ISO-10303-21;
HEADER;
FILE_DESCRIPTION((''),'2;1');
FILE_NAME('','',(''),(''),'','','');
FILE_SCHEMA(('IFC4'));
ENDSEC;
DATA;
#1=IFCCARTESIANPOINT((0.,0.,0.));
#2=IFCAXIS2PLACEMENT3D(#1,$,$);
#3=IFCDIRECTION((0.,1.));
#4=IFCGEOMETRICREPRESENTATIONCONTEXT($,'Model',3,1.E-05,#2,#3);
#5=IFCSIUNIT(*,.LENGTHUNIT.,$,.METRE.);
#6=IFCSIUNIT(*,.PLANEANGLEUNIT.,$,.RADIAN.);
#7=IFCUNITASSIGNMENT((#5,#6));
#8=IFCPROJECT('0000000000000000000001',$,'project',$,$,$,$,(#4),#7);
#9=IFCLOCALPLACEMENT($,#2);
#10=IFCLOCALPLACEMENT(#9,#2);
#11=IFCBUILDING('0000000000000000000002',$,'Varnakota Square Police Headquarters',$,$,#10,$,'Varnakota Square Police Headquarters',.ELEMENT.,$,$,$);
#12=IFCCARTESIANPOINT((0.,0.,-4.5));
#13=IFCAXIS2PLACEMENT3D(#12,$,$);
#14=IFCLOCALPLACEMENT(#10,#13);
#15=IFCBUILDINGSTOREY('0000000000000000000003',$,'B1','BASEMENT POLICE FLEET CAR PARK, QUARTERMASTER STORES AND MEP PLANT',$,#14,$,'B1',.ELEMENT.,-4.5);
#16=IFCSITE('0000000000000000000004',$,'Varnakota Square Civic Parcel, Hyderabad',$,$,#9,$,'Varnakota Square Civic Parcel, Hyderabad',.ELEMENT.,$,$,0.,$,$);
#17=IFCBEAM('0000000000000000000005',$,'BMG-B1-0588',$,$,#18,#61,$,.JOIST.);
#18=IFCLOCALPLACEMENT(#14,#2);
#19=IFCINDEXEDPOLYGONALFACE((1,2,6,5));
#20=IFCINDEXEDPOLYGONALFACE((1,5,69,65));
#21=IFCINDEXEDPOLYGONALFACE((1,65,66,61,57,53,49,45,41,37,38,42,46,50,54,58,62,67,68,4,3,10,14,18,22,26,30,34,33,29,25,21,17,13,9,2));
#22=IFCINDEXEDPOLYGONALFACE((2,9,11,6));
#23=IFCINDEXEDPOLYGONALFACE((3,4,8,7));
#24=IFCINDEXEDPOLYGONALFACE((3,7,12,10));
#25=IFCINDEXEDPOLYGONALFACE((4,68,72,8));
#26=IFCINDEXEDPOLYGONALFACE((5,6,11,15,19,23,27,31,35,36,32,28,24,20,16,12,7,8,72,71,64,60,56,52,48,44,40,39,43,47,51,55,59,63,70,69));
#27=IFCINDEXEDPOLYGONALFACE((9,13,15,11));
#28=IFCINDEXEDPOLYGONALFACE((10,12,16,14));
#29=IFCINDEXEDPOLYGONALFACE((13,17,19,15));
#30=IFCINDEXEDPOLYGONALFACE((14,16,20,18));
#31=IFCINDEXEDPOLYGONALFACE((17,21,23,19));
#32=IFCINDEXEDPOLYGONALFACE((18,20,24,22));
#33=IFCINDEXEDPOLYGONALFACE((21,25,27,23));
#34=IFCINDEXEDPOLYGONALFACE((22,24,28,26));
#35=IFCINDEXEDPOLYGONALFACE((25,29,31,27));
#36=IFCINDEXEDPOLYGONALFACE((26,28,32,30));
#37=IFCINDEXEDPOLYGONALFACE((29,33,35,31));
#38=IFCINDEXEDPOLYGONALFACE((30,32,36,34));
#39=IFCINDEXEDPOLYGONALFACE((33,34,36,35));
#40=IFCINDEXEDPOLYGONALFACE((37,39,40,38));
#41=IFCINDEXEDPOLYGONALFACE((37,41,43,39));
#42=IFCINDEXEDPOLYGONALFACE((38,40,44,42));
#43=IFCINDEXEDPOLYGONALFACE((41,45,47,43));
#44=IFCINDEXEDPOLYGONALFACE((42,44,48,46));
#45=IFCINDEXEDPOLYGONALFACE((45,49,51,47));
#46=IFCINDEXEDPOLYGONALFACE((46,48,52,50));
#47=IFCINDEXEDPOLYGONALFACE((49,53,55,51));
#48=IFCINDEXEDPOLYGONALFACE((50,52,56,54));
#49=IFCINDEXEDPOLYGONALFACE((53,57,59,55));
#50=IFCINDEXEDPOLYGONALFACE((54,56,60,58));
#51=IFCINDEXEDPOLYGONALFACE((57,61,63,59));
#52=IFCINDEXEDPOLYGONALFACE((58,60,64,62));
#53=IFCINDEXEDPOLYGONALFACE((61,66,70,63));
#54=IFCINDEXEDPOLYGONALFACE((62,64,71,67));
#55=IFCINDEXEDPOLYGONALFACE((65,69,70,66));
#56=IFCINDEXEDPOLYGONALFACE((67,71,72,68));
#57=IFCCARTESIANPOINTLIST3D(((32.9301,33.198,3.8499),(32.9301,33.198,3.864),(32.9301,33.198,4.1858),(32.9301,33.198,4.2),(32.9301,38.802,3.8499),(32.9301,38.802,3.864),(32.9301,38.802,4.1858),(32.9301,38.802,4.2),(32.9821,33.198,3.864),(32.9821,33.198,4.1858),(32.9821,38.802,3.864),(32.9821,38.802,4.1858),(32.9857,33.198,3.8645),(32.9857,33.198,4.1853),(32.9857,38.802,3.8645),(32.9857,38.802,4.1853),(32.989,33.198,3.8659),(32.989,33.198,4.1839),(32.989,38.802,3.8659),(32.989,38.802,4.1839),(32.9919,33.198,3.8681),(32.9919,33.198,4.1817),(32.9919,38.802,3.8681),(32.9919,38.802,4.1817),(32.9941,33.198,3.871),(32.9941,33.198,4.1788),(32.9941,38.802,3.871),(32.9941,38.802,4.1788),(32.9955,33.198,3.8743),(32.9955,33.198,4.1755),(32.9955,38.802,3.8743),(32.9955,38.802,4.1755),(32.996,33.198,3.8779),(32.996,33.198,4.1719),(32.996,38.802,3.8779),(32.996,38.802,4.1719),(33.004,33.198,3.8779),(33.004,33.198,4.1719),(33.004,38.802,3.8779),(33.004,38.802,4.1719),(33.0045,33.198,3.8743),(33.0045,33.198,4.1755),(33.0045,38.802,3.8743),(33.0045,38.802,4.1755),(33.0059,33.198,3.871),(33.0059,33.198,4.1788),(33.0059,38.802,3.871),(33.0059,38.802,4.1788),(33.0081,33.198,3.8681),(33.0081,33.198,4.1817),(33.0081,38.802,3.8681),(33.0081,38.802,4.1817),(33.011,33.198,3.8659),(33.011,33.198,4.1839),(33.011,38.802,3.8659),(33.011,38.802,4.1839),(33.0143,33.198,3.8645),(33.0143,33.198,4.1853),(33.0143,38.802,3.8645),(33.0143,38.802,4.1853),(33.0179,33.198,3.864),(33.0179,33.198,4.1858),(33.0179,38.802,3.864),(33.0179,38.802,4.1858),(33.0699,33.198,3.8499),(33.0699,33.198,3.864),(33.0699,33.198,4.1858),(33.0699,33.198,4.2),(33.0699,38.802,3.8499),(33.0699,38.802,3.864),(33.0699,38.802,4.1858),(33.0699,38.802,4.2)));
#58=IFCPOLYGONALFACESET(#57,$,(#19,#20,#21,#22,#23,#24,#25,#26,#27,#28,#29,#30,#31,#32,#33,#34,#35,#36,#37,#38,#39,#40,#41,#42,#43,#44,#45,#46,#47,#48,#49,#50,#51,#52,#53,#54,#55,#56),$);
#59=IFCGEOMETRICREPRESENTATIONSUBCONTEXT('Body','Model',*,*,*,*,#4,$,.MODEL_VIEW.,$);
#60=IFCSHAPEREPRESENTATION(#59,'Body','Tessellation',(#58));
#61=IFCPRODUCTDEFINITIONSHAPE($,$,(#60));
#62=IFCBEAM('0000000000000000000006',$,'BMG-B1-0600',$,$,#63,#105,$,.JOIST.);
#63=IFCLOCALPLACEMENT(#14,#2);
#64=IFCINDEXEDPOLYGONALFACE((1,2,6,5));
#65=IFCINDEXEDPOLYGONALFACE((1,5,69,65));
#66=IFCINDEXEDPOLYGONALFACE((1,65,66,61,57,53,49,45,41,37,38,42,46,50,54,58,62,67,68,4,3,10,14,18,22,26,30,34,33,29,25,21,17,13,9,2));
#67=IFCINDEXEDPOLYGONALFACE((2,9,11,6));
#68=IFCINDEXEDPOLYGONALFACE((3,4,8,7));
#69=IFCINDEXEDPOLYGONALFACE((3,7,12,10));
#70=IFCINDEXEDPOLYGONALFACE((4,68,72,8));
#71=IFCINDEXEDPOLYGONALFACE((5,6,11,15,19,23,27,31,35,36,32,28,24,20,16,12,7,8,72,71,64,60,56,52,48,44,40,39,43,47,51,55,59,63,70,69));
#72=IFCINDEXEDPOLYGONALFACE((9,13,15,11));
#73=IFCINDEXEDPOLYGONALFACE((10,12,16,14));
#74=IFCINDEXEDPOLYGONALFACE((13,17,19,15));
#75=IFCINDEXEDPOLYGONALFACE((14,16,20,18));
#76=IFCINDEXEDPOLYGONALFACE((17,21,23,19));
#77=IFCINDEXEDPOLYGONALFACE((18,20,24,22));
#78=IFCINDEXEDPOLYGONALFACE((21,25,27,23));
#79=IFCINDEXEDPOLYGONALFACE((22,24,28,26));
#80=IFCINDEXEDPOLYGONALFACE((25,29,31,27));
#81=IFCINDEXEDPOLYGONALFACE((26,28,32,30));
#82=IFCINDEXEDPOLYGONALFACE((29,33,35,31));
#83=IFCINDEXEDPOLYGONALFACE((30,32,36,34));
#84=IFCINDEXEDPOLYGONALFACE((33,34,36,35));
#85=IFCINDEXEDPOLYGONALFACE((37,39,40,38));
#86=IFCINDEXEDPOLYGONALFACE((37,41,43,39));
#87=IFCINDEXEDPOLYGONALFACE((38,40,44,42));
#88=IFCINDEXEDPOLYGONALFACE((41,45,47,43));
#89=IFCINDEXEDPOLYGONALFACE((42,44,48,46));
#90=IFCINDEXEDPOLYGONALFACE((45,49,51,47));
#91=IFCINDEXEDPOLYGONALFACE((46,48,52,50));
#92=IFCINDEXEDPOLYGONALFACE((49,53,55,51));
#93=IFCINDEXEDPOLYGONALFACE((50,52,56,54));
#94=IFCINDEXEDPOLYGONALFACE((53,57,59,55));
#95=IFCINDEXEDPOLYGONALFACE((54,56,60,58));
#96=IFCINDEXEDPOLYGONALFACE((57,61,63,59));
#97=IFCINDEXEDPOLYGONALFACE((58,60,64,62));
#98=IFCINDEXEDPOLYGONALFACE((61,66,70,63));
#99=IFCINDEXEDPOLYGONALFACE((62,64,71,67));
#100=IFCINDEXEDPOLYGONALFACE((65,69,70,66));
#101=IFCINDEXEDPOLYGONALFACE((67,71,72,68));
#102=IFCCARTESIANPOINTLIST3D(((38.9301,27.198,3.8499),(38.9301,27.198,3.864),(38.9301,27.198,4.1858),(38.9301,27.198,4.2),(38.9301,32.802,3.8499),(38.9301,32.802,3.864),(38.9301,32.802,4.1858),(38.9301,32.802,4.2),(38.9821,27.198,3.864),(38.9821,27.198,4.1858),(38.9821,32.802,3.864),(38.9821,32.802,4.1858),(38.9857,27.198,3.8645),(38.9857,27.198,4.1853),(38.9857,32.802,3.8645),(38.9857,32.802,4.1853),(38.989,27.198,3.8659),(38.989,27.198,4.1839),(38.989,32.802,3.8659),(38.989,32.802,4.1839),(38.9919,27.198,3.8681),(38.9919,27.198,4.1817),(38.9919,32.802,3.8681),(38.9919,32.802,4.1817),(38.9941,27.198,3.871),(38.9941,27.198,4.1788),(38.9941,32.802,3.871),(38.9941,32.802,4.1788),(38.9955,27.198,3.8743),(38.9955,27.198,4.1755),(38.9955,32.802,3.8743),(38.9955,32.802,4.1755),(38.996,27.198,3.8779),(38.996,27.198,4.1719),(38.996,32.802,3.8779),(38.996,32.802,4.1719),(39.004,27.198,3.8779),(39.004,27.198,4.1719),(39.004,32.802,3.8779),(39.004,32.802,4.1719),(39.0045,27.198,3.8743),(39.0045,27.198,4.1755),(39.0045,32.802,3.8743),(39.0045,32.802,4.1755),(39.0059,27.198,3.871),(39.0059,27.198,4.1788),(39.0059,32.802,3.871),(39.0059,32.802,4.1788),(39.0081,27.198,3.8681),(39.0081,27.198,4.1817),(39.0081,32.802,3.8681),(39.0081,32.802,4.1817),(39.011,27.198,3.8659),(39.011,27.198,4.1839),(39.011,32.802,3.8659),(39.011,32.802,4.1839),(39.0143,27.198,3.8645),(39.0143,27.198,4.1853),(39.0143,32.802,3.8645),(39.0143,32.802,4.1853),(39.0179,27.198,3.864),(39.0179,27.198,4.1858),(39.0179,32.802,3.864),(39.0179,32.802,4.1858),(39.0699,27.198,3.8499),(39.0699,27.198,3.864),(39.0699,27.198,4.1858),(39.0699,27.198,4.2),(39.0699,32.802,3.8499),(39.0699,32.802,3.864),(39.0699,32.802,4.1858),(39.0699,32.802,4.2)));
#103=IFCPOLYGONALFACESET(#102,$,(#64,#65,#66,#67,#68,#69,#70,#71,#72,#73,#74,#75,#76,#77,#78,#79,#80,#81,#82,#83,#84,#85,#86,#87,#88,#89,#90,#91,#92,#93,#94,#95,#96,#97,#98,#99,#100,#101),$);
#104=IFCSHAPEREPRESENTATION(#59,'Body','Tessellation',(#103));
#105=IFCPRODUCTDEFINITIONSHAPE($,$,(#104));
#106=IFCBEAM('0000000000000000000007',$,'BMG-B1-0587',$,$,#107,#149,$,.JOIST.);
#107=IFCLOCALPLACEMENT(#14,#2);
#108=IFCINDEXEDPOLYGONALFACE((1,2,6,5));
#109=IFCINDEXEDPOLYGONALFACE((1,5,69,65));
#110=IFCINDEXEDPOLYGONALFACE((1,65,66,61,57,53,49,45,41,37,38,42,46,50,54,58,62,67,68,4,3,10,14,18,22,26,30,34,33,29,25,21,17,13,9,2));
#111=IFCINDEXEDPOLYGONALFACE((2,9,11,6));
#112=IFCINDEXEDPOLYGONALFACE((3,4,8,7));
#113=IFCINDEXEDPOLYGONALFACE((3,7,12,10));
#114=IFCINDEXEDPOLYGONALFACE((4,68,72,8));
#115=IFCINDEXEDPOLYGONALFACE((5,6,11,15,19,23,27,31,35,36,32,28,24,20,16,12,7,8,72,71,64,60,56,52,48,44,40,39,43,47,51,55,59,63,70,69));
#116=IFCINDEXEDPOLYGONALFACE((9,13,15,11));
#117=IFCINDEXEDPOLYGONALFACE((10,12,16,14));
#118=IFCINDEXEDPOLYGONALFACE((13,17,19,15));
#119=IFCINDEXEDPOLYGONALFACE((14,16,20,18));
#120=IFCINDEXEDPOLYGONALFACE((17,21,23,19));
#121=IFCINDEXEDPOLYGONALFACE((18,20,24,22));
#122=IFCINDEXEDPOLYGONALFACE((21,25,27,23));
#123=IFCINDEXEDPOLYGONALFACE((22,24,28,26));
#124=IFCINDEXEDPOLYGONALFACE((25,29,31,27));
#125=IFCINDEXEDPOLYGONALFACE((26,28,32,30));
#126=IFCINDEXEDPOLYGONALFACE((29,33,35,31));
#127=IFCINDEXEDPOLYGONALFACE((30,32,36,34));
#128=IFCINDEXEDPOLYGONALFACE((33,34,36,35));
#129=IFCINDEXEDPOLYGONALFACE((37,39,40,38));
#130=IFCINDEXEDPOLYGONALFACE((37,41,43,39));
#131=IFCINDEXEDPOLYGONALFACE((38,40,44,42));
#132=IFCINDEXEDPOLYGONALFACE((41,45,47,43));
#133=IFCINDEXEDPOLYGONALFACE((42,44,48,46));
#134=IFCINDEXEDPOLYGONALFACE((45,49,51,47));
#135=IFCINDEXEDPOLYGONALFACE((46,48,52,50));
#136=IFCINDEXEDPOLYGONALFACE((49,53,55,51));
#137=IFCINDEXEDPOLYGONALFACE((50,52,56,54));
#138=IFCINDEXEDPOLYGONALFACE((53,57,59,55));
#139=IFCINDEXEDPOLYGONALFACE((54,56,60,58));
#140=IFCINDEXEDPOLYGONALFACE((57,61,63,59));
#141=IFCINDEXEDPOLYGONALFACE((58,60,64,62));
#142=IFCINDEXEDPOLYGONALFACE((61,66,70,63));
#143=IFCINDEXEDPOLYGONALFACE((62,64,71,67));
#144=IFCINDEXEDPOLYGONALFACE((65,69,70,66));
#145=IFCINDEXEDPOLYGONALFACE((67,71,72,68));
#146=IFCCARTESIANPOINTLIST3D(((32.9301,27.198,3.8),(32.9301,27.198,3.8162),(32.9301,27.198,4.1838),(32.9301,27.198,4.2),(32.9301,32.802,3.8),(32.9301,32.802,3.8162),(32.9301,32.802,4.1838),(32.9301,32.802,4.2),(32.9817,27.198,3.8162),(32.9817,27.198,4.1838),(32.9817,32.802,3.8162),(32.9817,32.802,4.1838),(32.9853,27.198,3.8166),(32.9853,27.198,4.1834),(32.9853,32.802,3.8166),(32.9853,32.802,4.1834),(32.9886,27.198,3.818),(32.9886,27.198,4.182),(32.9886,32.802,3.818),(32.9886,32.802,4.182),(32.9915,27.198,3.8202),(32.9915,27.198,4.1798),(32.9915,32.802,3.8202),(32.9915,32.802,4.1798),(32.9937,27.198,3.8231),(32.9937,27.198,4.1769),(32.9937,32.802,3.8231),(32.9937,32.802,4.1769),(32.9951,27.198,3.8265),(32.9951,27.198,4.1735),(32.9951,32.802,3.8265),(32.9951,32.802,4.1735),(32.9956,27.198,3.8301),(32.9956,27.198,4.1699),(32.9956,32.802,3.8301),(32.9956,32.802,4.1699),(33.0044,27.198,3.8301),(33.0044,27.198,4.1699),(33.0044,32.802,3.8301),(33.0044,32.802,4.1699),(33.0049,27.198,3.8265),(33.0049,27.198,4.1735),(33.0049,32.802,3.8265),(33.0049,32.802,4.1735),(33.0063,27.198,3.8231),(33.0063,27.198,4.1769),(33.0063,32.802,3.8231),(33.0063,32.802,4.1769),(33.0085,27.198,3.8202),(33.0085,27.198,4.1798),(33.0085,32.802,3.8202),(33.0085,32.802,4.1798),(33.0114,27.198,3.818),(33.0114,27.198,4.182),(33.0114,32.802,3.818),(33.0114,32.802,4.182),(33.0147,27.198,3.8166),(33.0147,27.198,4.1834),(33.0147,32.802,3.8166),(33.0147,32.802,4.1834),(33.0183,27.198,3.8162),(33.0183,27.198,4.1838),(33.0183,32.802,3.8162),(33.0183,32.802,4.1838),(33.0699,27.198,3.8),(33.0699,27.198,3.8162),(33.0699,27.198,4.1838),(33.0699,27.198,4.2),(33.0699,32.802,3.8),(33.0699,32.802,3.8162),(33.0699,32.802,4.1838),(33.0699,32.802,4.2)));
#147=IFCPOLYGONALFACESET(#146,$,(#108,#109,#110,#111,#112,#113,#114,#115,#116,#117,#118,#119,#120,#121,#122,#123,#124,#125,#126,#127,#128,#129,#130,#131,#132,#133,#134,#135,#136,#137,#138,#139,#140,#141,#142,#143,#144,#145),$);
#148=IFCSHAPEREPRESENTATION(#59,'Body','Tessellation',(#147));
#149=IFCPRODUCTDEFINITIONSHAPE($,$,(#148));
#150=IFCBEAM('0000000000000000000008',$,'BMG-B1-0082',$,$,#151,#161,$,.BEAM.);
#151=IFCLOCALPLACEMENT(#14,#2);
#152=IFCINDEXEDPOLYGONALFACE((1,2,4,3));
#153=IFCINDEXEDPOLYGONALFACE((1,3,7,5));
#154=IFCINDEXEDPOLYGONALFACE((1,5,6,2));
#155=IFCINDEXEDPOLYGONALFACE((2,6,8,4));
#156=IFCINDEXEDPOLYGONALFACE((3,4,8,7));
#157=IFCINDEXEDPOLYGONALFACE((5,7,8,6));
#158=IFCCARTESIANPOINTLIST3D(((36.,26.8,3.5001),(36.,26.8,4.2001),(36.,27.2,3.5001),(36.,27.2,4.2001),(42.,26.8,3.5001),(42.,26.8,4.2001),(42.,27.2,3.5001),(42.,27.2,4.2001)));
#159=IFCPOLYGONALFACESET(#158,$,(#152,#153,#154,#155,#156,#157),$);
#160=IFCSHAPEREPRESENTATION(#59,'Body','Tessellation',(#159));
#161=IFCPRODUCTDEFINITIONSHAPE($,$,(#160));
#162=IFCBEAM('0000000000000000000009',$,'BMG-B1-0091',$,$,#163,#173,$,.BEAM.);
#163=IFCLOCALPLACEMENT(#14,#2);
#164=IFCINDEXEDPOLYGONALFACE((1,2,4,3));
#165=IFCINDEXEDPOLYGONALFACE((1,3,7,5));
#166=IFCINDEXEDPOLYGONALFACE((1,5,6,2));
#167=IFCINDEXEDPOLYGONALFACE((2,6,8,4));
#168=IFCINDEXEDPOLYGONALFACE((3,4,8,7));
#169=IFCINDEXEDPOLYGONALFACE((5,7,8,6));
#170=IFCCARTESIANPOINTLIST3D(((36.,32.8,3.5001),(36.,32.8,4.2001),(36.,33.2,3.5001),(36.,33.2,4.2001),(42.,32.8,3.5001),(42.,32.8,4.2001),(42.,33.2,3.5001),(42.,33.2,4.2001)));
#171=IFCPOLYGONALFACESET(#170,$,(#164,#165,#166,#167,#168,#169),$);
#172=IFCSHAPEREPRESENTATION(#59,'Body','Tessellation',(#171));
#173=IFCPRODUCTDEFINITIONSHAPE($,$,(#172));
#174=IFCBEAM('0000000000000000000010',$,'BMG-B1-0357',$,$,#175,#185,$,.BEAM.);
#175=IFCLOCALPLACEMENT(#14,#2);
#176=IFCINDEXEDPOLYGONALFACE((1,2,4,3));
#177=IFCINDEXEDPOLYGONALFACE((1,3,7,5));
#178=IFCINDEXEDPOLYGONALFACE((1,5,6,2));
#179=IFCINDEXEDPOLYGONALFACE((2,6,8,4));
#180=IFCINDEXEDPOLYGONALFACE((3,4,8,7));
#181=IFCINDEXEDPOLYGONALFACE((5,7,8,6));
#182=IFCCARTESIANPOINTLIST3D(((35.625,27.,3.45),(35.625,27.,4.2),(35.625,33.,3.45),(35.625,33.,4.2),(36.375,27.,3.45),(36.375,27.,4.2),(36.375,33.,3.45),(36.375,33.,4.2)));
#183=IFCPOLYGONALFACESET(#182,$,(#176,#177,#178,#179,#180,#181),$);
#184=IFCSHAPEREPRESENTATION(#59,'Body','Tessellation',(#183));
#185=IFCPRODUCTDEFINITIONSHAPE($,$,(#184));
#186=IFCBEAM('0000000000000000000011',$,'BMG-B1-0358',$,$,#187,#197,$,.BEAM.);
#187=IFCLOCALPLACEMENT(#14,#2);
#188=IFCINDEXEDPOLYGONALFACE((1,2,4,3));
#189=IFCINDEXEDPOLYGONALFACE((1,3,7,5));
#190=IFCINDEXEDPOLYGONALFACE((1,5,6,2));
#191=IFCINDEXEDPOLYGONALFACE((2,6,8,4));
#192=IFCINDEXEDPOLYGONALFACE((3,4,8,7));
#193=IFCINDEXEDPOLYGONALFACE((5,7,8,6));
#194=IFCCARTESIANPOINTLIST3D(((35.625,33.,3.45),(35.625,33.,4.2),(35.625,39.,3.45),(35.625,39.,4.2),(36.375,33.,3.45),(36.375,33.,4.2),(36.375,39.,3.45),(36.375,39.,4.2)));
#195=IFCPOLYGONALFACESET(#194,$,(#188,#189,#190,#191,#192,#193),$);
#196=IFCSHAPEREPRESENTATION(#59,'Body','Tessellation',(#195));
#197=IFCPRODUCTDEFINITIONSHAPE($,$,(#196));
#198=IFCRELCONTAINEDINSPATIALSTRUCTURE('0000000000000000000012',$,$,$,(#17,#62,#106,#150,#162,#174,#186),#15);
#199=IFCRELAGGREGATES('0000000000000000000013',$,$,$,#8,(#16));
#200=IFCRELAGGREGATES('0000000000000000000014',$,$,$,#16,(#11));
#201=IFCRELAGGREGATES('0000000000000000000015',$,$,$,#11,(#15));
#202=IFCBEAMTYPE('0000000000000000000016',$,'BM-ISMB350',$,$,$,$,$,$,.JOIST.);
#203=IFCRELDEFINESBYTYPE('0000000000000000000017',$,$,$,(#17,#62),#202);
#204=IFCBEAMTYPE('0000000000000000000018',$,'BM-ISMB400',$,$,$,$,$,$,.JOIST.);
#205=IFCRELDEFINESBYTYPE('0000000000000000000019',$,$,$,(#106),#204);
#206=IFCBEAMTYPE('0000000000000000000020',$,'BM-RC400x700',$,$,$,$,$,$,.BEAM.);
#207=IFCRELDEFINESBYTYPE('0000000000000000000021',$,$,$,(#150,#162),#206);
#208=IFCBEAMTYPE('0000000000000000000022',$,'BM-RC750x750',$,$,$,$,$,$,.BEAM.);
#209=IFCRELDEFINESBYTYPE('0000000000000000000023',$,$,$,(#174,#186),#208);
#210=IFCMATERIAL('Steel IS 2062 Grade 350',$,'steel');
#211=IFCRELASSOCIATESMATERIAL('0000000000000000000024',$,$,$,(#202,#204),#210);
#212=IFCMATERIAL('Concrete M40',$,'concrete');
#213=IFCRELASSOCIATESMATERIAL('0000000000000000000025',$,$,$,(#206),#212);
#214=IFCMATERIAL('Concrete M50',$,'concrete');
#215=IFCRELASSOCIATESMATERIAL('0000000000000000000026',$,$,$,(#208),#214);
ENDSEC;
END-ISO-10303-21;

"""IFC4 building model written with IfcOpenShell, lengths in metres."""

from ifc_helpers import new_model, si_unit, direction, frame, origin, origin_2d, place, context, subcontext, project, spatial, rectangle, i_section, extrude, material, material_profile, profile_set, type_object, element, save


model = new_model("IFC4")

# Units and contexts
model_context = context("Model", 3, precision=1e-05, world=origin(), true_north=direction((0.0, 1.0)))
body_context = subcontext(model_context, "Body", "Model", "MODEL_VIEW")
ifc_project = project(units=[si_unit("LENGTHUNIT", "METRE"), si_unit("PLANEANGLEUNIT", "RADIAN")], contexts=[model_context])

# Site, building, storey
site_placement = place(None, origin())
site = spatial("IfcSite", under=ifc_project, at=site_placement, Name="Varnakota Square Civic Parcel, Hyderabad", LongName="Varnakota Square Civic Parcel, Hyderabad", CompositionType="ELEMENT", RefElevation=0.0)
building_placement = place(site_placement, origin())
building = spatial("IfcBuilding", under=site, at=building_placement, Name="Varnakota Square Police Headquarters", LongName="Varnakota Square Police Headquarters", CompositionType="ELEMENT")
storey_placement = place(building_placement, frame((0.0, 0.0, -4.5)))
storey = spatial("IfcBuildingStorey", under=building, at=storey_placement, Name="B1", Description="BASEMENT POLICE FLEET CAR PARK, QUARTERMASTER STORES AND MEP PLANT", LongName="B1", CompositionType="ELEMENT", Elevation=-4.5)

# Shared definitions
ifc_material_1 = material(Name="Concrete M50", Category="concrete")

# Beams
ifc_material_2 = material(Name="Steel IS 2062 Grade 350", Category="steel")
ifc_material_profile_1 = material_profile(ifc_material_2, i_section(OverallWidth=0.1399, OverallDepth=0.3501, WebThickness=0.0081, FlangeThickness=0.0142, FilletRadius=0.0139, at=origin_2d()), Name="ISMB 350")
ifc_profile_set_1 = profile_set([ifc_material_profile_1], Name="Steel IS 2062 Grade 350")
beam_type_1 = type_object("IfcBeamType", Name="BM-ISMB350", PredefinedType="JOIST", material=ifc_profile_set_1)
for number, where, z_axis, x_axis, name in (
    (1, (33.0, 33.198, 4.0249), (0.0, 1.0, 0.0), (-1.0, 0.0, 0.0), "BMG-B1-0588"),
    (2, (39.0, 27.198, 4.0249), (0.0, 1.0, 0.0), (-1.0, 0.0, 0.0), "BMG-B1-0600"),
):
    element("IfcBeam", number, at=place(storey_placement, frame(where, z_axis=z_axis, x_axis=x_axis)), inside=storey, type_object=beam_type_1, Name=name, PredefinedType="JOIST", context=body_context, shape_type="SweptSolid", body=[
        extrude(i_section(OverallWidth=0.1399, OverallDepth=0.3501, WebThickness=0.0081, FlangeThickness=0.0142, FilletRadius=0.0139, at=origin_2d()), origin(), (0.0, 0.0, 1.0), 5.604),
    ])
ifc_material_profile_2 = material_profile(ifc_material_2, i_section(OverallWidth=0.1399, OverallDepth=0.3999, WebThickness=0.0088, FlangeThickness=0.0161, FilletRadius=0.0139, at=origin_2d()), Name="ISMB 400")
ifc_profile_set_2 = profile_set([ifc_material_profile_2], Name="Steel IS 2062 Grade 350")
beam_type_2 = type_object("IfcBeamType", Name="BM-ISMB400", PredefinedType="JOIST", material=ifc_profile_set_2)
beam_1_placement = place(storey_placement, frame((33.0, 27.198, 4.0), z_axis=(0.0, 1.0, 0.0), x_axis=(-1.0, 0.0, 0.0)))
element("IfcBeam", 3, at=beam_1_placement, inside=storey, type_object=beam_type_2, Name="BMG-B1-0587", PredefinedType="JOIST", context=body_context, shape_type="SweptSolid", body=[
    extrude(i_section(OverallWidth=0.1399, OverallDepth=0.3999, WebThickness=0.0088, FlangeThickness=0.0161, FilletRadius=0.0139, at=origin_2d()), origin(), (0.0, 0.0, 1.0), 5.604),
])
ifc_material_3 = material(Name="Concrete M40", Category="concrete")
ifc_material_profile_3 = material_profile(ifc_material_3, rectangle(XDim=0.3999, YDim=0.7, at=origin_2d()), Name="RC 400x700")
ifc_profile_set_3 = profile_set([ifc_material_profile_3], Name="Concrete M40")
beam_type_3 = type_object("IfcBeamType", Name="BM-RC400x700", PredefinedType="BEAM", material=ifc_profile_set_3)
for number, where, z_axis, x_axis, name in (
    (4, (36.0, 27.0, 3.8501), (1.0, 0.0, 0.0), (0.0, 1.0, 0.0), "BMG-B1-0082"),
    (5, (36.0, 33.0, 3.8501), (1.0, 0.0, 0.0), (0.0, 1.0, 0.0), "BMG-B1-0091"),
):
    element("IfcBeam", number, at=place(storey_placement, frame(where, z_axis=z_axis, x_axis=x_axis)), inside=storey, type_object=beam_type_3, Name=name, PredefinedType="BEAM", context=body_context, shape_type="SweptSolid", body=[
        extrude(rectangle(XDim=0.3999, YDim=0.7, at=origin_2d()), origin(), (0.0, 0.0, 1.0), 6.0),
    ])
ifc_material_profile_4 = material_profile(ifc_material_1, rectangle(XDim=0.75, YDim=0.75, at=origin_2d()), Name="RC 750x750")
ifc_profile_set_4 = profile_set([ifc_material_profile_4], Name="Concrete M50")
beam_type_4 = type_object("IfcBeamType", Name="BM-RC750x750", PredefinedType="BEAM", material=ifc_profile_set_4)
for number, where, z_axis, x_axis, name in (
    (6, (36.0, 27.0, 3.825), (0.0, 1.0, 0.0), (-1.0, 0.0, 0.0), "BMG-B1-0357"),
    (7, (36.0, 33.0, 3.825), (0.0, 1.0, 0.0), (-1.0, 0.0, 0.0), "BMG-B1-0358"),
):
    element("IfcBeam", number, at=place(storey_placement, frame(where, z_axis=z_axis, x_axis=x_axis)), inside=storey, type_object=beam_type_4, Name=name, PredefinedType="BEAM", context=body_context, shape_type="SweptSolid", body=[
        extrude(rectangle(XDim=0.75, YDim=0.75, at=origin_2d()), origin(), (0.0, 0.0, 1.0), 6.0),
    ])

save(model, "model.ifc")
